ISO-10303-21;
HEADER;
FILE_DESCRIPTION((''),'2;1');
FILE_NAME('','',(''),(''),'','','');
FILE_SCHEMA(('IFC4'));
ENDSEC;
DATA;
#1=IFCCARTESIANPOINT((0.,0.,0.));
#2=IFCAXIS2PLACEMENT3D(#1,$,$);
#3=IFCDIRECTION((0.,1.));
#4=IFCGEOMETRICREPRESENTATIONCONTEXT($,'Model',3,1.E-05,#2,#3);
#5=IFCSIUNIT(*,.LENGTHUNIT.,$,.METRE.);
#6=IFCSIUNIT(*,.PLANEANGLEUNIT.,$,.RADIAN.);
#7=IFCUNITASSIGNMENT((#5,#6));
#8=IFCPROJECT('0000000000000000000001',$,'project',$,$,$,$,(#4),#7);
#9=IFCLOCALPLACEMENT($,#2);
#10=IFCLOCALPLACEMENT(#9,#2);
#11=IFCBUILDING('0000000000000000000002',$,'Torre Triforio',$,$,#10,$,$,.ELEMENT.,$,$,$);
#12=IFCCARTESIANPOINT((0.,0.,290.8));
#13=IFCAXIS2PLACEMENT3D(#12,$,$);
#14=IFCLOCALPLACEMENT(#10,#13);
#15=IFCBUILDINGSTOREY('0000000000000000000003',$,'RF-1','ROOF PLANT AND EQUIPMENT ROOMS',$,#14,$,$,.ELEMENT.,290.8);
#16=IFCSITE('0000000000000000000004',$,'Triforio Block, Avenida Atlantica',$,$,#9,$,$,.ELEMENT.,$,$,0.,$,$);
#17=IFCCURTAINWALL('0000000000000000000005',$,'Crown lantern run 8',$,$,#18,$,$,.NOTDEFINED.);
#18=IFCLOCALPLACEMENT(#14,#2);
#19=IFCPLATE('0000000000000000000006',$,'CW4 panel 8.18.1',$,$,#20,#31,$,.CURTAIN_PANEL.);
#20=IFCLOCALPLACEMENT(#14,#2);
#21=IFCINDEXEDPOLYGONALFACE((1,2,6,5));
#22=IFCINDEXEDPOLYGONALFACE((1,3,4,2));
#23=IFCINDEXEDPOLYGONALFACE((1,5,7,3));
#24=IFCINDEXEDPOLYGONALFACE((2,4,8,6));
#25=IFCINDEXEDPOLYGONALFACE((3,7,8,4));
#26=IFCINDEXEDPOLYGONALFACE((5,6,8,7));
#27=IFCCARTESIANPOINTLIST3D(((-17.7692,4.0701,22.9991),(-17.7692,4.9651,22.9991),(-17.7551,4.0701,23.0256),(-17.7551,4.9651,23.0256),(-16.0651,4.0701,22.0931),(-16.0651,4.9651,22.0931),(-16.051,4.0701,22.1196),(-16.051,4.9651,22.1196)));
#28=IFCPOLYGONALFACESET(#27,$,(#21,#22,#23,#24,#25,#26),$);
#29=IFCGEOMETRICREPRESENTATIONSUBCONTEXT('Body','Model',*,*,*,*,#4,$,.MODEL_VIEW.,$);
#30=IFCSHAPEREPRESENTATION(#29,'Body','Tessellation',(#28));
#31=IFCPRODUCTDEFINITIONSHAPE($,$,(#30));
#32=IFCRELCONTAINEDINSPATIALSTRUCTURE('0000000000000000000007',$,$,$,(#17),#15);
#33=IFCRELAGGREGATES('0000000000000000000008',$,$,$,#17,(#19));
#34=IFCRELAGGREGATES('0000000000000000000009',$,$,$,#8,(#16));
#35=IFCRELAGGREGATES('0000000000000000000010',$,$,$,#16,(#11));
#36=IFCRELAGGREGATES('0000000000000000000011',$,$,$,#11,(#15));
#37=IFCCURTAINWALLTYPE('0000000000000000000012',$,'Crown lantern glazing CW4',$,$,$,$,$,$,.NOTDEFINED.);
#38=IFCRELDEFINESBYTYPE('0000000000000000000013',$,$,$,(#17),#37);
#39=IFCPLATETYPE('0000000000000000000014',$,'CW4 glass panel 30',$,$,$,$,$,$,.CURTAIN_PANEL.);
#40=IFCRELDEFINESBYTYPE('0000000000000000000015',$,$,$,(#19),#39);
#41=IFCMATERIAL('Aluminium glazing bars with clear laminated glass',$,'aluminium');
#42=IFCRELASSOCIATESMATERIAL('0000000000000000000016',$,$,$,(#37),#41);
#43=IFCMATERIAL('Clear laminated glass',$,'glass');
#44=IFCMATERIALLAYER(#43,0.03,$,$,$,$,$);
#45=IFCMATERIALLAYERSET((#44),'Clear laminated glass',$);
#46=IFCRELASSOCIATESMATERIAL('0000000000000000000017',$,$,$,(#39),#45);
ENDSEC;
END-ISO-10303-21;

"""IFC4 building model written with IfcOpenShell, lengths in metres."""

from ifc_helpers import new_model, si_unit, direction, frame, origin, place, context, subcontext, project, spatial, polyline, outline, extrude, material, layer, layer_set, type_object, element, aggregate, save


model = new_model("IFC4")

# Units and contexts
model_context = context("Model", 3, precision=1e-05, world=origin(), true_north=direction((0.0, 1.0)))
body_context = subcontext(model_context, "Body", "Model", "MODEL_VIEW")
ifc_project = project(units=[si_unit("LENGTHUNIT", "METRE"), si_unit("PLANEANGLEUNIT", "RADIAN")], contexts=[model_context])

# Site, building, storey
site_placement = place(None, origin())
site = spatial("IfcSite", under=ifc_project, at=site_placement, Name="Triforio Block, Avenida Atlantica", CompositionType="ELEMENT", RefElevation=0.0)
building_placement = place(site_placement, origin())
building = spatial("IfcBuilding", under=site, at=building_placement, Name="Torre Triforio", CompositionType="ELEMENT")
storey_placement = place(building_placement, frame((0.0, 0.0, 290.8)))
storey = spatial("IfcBuildingStorey", under=building, at=storey_placement, Name="RF-1", Description="ROOF PLANT AND EQUIPMENT ROOMS", CompositionType="ELEMENT", Elevation=290.8)

# Curtain wall
ifc_material_1 = material(Name="Aluminium glazing bars with clear laminated glass", Category="aluminium")
curtain_wall_type = type_object("IfcCurtainWallType", Name="Crown lantern glazing CW4", PredefinedType="NOTDEFINED", material=ifc_material_1)
curtain_wall_1_placement = place(storey_placement, origin())
curtain_wall_1 = element("IfcCurtainWall", 1, at=curtain_wall_1_placement, inside=storey, type_object=curtain_wall_type, Name="Crown lantern run 8", PredefinedType="NOTDEFINED")

# Plate
ifc_material_2 = material(Name="Clear laminated glass", Category="glass")
ifc_layer = layer(ifc_material_2, 0.03)
ifc_layer_set = layer_set([ifc_layer], Name="Clear laminated glass")
plate_type = type_object("IfcPlateType", Name="CW4 glass panel 30", PredefinedType="CURTAIN_PANEL", material=ifc_layer_set)
plate_1_placement = place(storey_placement, frame((-16.051, 4.0701, 22.1196), z_axis=(0.469439, 0.0, 0.882965), x_axis=(0.0, 1.0, 0.0)))
plate_1 = element("IfcPlate", 2, at=plate_1_placement, type_object=plate_type, Name="CW4 panel 8.18.1", PredefinedType="CURTAIN_PANEL", context=body_context, shape_type="SweptSolid", body=[
    extrude(outline(polyline([(0.0, 0.0), (0.895, 0.0), (0.895, 1.93), (0.0, 1.93), (0.0, 0.0)])), origin(), (0.0, 0.0, -1.0), 0.03),
])
aggregate(curtain_wall_1, [plate_1])

save(model, "model.ifc")
